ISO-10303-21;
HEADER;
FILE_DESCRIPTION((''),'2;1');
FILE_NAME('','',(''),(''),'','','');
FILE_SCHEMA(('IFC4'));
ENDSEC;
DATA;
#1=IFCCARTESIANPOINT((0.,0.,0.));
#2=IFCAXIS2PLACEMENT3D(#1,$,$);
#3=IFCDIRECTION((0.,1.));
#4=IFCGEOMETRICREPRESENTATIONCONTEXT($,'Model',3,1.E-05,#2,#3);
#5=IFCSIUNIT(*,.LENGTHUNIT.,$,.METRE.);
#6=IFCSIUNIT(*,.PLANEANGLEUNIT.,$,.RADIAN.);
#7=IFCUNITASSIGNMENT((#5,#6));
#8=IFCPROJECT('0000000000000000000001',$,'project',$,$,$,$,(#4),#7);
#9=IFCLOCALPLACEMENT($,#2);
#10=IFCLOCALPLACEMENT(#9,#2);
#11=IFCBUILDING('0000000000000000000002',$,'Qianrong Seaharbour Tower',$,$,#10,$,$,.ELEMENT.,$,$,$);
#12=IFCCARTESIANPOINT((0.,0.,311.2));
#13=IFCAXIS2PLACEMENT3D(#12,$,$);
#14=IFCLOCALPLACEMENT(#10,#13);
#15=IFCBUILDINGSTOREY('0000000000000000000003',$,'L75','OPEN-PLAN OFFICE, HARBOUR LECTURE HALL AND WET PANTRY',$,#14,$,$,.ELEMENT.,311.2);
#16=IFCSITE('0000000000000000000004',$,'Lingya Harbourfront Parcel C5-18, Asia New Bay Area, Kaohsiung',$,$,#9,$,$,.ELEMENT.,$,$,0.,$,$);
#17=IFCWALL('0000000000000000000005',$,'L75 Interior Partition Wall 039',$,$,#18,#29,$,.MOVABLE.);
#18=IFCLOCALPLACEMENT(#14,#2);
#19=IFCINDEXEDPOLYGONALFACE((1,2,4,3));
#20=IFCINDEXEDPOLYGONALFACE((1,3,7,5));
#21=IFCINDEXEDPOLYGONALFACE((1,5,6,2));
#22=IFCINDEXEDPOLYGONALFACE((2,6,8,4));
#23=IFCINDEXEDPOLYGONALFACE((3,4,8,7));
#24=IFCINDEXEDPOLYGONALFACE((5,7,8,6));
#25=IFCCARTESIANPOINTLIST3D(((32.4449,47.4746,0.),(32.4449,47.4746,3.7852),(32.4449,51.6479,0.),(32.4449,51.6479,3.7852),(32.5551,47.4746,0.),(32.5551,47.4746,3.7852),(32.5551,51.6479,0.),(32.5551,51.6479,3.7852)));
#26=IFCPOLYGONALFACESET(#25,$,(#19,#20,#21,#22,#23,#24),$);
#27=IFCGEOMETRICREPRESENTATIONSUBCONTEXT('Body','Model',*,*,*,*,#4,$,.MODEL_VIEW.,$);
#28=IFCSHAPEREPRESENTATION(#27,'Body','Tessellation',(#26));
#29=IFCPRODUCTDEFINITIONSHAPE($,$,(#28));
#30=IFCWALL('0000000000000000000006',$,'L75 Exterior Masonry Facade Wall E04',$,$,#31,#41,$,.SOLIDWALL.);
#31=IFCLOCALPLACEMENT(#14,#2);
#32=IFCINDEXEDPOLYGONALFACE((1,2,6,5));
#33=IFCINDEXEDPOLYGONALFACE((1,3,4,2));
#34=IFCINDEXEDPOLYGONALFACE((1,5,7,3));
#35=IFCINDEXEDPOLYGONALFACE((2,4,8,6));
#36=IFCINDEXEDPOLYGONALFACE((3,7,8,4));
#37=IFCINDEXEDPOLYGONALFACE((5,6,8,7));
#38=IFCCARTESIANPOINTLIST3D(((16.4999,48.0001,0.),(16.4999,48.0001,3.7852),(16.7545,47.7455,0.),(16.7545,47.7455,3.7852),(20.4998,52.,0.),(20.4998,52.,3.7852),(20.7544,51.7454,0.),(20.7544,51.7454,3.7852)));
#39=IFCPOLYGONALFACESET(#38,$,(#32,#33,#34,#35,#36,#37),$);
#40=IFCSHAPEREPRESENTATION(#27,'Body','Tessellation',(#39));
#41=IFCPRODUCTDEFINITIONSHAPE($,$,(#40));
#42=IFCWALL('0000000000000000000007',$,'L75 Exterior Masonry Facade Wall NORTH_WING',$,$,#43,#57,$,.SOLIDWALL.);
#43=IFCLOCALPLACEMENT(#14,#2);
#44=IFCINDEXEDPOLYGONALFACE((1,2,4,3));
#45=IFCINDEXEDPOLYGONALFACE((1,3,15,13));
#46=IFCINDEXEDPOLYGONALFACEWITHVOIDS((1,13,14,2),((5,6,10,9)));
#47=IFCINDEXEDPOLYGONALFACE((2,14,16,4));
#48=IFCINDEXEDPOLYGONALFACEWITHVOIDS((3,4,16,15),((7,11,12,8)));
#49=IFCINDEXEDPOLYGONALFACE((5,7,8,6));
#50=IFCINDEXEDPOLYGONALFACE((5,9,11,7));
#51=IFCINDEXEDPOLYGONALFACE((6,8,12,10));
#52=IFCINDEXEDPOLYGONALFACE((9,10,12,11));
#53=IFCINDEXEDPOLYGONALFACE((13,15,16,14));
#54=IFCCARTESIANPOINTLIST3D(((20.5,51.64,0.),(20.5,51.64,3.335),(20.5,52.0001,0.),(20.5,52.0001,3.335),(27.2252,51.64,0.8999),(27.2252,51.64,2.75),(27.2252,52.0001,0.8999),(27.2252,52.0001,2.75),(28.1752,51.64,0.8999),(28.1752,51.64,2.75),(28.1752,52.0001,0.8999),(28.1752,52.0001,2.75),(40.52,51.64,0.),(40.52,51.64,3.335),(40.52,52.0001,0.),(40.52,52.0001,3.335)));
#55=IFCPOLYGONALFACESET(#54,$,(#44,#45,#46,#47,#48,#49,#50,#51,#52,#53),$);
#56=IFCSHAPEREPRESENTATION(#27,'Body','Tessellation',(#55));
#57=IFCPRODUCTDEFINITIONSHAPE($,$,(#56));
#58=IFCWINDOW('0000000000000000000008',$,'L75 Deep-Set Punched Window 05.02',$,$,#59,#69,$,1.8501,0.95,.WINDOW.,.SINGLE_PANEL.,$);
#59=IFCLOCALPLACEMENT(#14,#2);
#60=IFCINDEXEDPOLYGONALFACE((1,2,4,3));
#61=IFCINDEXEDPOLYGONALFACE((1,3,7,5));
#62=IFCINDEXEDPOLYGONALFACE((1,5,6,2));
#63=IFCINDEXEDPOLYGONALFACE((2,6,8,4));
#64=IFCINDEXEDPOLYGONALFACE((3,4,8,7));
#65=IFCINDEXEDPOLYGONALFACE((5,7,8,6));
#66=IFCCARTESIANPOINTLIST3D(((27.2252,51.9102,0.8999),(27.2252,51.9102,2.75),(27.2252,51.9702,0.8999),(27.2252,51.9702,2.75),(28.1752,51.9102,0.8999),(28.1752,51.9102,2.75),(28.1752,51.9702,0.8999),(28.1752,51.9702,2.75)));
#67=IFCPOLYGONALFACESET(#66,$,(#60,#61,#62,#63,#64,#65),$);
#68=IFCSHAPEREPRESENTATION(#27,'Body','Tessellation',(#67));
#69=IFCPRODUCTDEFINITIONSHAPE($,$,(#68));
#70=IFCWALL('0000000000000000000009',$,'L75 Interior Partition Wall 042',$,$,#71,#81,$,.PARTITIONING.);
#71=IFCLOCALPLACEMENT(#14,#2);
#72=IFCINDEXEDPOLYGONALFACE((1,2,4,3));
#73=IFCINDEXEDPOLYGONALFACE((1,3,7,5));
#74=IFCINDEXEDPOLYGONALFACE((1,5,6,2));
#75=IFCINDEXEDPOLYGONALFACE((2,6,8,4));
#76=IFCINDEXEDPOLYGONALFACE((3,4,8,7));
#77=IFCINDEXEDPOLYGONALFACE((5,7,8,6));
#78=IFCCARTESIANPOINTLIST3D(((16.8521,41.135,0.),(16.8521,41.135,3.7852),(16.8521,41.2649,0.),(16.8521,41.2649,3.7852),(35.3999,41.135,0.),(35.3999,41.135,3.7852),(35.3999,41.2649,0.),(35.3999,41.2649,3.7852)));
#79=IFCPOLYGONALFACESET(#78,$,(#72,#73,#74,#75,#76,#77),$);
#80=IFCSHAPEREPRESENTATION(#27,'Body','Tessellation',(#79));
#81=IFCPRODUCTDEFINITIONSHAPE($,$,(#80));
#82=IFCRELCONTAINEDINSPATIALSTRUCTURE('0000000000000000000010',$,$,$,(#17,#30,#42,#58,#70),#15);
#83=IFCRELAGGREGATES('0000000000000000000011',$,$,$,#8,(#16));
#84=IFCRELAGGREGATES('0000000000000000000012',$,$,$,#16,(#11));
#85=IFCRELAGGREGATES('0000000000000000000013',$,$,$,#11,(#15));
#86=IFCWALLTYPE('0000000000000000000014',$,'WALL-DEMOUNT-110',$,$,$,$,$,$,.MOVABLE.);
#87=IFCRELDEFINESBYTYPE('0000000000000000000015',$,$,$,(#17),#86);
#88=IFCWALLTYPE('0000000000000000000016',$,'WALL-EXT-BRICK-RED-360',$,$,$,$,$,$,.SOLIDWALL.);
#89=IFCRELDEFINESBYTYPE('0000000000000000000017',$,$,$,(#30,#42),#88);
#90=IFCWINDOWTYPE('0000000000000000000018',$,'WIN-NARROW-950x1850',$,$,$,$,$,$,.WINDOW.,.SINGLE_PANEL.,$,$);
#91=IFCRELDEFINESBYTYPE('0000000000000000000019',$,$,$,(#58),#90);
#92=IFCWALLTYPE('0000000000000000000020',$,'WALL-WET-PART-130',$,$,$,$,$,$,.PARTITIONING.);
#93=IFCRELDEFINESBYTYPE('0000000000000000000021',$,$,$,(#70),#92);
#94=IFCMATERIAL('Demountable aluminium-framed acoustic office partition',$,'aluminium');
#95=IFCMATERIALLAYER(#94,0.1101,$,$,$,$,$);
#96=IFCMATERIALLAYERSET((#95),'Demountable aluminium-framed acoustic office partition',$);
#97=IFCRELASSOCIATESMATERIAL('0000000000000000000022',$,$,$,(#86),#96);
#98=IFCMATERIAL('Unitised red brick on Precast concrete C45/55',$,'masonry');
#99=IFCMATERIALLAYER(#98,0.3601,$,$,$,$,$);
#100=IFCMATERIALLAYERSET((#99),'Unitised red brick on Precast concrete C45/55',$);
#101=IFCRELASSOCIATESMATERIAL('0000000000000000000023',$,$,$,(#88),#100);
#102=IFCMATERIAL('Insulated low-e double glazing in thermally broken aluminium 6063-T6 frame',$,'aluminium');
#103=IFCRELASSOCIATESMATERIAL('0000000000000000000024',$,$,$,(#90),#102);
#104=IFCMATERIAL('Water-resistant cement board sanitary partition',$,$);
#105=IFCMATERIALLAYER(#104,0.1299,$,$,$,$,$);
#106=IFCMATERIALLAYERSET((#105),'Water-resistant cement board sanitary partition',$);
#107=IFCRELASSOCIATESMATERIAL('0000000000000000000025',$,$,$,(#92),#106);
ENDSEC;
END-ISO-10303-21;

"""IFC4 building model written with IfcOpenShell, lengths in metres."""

from ifc_helpers import new_model, si_unit, direction, frame, frame_2d, origin, place, context, subcontext, project, spatial, rectangle, extrude, material, layer, layer_set, type_object, element, fill, save


model = new_model("IFC4")

# Units and contexts
model_context = context("Model", 3, precision=1e-05, world=origin(), true_north=direction((0.0, 1.0)))
body_context = subcontext(model_context, "Body", "Model", "MODEL_VIEW")
ifc_project = project(units=[si_unit("LENGTHUNIT", "METRE"), si_unit("PLANEANGLEUNIT", "RADIAN")], contexts=[model_context])

# Site, building, storey
site_placement = place(None, origin())
site = spatial("IfcSite", under=ifc_project, at=site_placement, Name="Lingya Harbourfront Parcel C5-18, Asia New Bay Area, Kaohsiung", CompositionType="ELEMENT", RefElevation=0.0)
building_placement = place(site_placement, origin())
building = spatial("IfcBuilding", under=site, at=building_placement, Name="Qianrong Seaharbour Tower", CompositionType="ELEMENT")
storey_placement = place(building_placement, frame((0.0, 0.0, 311.2)))
storey = spatial("IfcBuildingStorey", under=building, at=storey_placement, Name="L75", Description="OPEN-PLAN OFFICE, HARBOUR LECTURE HALL AND WET PANTRY", CompositionType="ELEMENT", Elevation=311.2)

# Walls
ifc_material_1 = material(Name="Demountable aluminium-framed acoustic office partition", Category="aluminium")
ifc_layer_1 = layer(ifc_material_1, 0.1101)
ifc_layer_set_1 = layer_set([ifc_layer_1], Name="Demountable aluminium-framed acoustic office partition")
wall_type_1 = type_object("IfcWallType", Name="WALL-DEMOUNT-110", PredefinedType="MOVABLE", material=ifc_layer_set_1)
wall_1_placement = place(storey_placement, frame((32.5, 51.6479, 0.0), z_axis=(0.0, 0.0, 1.0), x_axis=(0.0, -1.0, 0.0)))
element("IfcWall", 1, at=wall_1_placement, inside=storey, type_object=wall_type_1, Name="L75 Interior Partition Wall 039", PredefinedType="MOVABLE", context=body_context, shape_type="SweptSolid", body=[
    extrude(rectangle(XDim=4.1733, YDim=0.1101, at=frame_2d((2.0867, 0.0))), origin(), (0.0, 0.0, 1.0), 3.7852),
])
ifc_material_2 = material(Name="Unitised red brick on Precast concrete C45/55", Category="masonry")
ifc_layer_2 = layer(ifc_material_2, 0.3601)
ifc_layer_set_2 = layer_set([ifc_layer_2], Name="Unitised red brick on Precast concrete C45/55")
wall_type_2 = type_object("IfcWallType", Name="WALL-EXT-BRICK-RED-360", PredefinedType="SOLIDWALL", material=ifc_layer_set_2)
wall_2_placement = place(storey_placement, frame((16.6272, 47.8728, 0.0), z_axis=(0.0, 0.0, 1.0), x_axis=(0.707107, 0.707107, 0.0)))
element("IfcWall", 2, at=wall_2_placement, inside=storey, type_object=wall_type_2, Name="L75 Exterior Masonry Facade Wall E04", PredefinedType="SOLIDWALL", context=body_context, shape_type="SweptSolid", body=[
    extrude(rectangle(XDim=5.6567, YDim=0.3601, at=frame_2d((2.8284, 0.0))), origin(), (0.0, 0.0, 1.0), 3.7852),
])

# Wall, opening, window
wall_3_placement = place(storey_placement, frame((20.5, 51.8201, 0.0), z_axis=(0.0, 0.0, 1.0), x_axis=(1.0, 0.0, 0.0)))
wall_3 = element("IfcWall", 3, at=wall_3_placement, inside=storey, type_object=wall_type_2, Name="L75 Exterior Masonry Facade Wall NORTH_WING", PredefinedType="SOLIDWALL", context=body_context, shape_type="SweptSolid", body=[
    extrude(rectangle(XDim=20.02, YDim=0.3601, at=frame_2d((10.01, 0.0))), origin(), (0.0, 0.0, 1.0), 3.335),
])
opening_1_placement = place(wall_3_placement, frame((6.7251, 0.0, 0.8999)))
opening_1 = element("IfcOpeningElement", 4, at=opening_1_placement, cuts=wall_3, PredefinedType="OPENING", context=body_context, shape_type="SweptSolid", body=[
    extrude(rectangle(XDim=0.95, YDim=1.8501, at=frame_2d((0.4751, 0.925))), frame((0.0, 0.1899, 0.0), z_axis=(0.0, -1.0, 0.0), x_axis=(1.0, 0.0, 0.0)), (0.0, 0.0, 1.0), 0.3801),
])
ifc_material_3 = material(Name="Insulated low-e double glazing in thermally broken aluminium 6063-T6 frame", Category="aluminium")
window_type = type_object("IfcWindowType", Name="WIN-NARROW-950x1850", PartitioningType="SINGLE_PANEL", PredefinedType="WINDOW", material=ifc_material_3)
window_placement = place(opening_1_placement, origin())
window = element("IfcWindow", 5, at=window_placement, inside=storey, type_object=window_type, Name="L75 Deep-Set Punched Window 05.02", OverallHeight=1.8501, OverallWidth=0.95, PartitioningType="SINGLE_PANEL", PredefinedType="WINDOW", context=body_context, shape_type="SweptSolid", body=[
    extrude(rectangle(XDim=0.95, YDim=1.8501, at=frame_2d((0.4751, 0.925))), frame((0.0, 0.1501, 0.0), z_axis=(0.0, -1.0, 0.0), x_axis=(1.0, 0.0, 0.0)), (0.0, 0.0, 1.0), 0.0601),
])
fill(opening_1, window)

# Wall
ifc_material_4 = material(Name="Water-resistant cement board sanitary partition")
ifc_layer_3 = layer(ifc_material_4, 0.1299)
ifc_layer_set_3 = layer_set([ifc_layer_3], Name="Water-resistant cement board sanitary partition")
wall_type_3 = type_object("IfcWallType", Name="WALL-WET-PART-130", PredefinedType="PARTITIONING", material=ifc_layer_set_3)
wall_4_placement = place(storey_placement, frame((16.8521, 41.2, 0.0), z_axis=(0.0, 0.0, 1.0), x_axis=(1.0, 0.0, 0.0)))
element("IfcWall", 6, at=wall_4_placement, inside=storey, type_object=wall_type_3, Name="L75 Interior Partition Wall 042", PredefinedType="PARTITIONING", context=body_context, shape_type="SweptSolid", body=[
    extrude(rectangle(XDim=18.5479, YDim=0.1299, at=frame_2d((9.2739, 0.0))), origin(), (0.0, 0.0, 1.0), 3.7852),
])

save(model, "model.ifc")
